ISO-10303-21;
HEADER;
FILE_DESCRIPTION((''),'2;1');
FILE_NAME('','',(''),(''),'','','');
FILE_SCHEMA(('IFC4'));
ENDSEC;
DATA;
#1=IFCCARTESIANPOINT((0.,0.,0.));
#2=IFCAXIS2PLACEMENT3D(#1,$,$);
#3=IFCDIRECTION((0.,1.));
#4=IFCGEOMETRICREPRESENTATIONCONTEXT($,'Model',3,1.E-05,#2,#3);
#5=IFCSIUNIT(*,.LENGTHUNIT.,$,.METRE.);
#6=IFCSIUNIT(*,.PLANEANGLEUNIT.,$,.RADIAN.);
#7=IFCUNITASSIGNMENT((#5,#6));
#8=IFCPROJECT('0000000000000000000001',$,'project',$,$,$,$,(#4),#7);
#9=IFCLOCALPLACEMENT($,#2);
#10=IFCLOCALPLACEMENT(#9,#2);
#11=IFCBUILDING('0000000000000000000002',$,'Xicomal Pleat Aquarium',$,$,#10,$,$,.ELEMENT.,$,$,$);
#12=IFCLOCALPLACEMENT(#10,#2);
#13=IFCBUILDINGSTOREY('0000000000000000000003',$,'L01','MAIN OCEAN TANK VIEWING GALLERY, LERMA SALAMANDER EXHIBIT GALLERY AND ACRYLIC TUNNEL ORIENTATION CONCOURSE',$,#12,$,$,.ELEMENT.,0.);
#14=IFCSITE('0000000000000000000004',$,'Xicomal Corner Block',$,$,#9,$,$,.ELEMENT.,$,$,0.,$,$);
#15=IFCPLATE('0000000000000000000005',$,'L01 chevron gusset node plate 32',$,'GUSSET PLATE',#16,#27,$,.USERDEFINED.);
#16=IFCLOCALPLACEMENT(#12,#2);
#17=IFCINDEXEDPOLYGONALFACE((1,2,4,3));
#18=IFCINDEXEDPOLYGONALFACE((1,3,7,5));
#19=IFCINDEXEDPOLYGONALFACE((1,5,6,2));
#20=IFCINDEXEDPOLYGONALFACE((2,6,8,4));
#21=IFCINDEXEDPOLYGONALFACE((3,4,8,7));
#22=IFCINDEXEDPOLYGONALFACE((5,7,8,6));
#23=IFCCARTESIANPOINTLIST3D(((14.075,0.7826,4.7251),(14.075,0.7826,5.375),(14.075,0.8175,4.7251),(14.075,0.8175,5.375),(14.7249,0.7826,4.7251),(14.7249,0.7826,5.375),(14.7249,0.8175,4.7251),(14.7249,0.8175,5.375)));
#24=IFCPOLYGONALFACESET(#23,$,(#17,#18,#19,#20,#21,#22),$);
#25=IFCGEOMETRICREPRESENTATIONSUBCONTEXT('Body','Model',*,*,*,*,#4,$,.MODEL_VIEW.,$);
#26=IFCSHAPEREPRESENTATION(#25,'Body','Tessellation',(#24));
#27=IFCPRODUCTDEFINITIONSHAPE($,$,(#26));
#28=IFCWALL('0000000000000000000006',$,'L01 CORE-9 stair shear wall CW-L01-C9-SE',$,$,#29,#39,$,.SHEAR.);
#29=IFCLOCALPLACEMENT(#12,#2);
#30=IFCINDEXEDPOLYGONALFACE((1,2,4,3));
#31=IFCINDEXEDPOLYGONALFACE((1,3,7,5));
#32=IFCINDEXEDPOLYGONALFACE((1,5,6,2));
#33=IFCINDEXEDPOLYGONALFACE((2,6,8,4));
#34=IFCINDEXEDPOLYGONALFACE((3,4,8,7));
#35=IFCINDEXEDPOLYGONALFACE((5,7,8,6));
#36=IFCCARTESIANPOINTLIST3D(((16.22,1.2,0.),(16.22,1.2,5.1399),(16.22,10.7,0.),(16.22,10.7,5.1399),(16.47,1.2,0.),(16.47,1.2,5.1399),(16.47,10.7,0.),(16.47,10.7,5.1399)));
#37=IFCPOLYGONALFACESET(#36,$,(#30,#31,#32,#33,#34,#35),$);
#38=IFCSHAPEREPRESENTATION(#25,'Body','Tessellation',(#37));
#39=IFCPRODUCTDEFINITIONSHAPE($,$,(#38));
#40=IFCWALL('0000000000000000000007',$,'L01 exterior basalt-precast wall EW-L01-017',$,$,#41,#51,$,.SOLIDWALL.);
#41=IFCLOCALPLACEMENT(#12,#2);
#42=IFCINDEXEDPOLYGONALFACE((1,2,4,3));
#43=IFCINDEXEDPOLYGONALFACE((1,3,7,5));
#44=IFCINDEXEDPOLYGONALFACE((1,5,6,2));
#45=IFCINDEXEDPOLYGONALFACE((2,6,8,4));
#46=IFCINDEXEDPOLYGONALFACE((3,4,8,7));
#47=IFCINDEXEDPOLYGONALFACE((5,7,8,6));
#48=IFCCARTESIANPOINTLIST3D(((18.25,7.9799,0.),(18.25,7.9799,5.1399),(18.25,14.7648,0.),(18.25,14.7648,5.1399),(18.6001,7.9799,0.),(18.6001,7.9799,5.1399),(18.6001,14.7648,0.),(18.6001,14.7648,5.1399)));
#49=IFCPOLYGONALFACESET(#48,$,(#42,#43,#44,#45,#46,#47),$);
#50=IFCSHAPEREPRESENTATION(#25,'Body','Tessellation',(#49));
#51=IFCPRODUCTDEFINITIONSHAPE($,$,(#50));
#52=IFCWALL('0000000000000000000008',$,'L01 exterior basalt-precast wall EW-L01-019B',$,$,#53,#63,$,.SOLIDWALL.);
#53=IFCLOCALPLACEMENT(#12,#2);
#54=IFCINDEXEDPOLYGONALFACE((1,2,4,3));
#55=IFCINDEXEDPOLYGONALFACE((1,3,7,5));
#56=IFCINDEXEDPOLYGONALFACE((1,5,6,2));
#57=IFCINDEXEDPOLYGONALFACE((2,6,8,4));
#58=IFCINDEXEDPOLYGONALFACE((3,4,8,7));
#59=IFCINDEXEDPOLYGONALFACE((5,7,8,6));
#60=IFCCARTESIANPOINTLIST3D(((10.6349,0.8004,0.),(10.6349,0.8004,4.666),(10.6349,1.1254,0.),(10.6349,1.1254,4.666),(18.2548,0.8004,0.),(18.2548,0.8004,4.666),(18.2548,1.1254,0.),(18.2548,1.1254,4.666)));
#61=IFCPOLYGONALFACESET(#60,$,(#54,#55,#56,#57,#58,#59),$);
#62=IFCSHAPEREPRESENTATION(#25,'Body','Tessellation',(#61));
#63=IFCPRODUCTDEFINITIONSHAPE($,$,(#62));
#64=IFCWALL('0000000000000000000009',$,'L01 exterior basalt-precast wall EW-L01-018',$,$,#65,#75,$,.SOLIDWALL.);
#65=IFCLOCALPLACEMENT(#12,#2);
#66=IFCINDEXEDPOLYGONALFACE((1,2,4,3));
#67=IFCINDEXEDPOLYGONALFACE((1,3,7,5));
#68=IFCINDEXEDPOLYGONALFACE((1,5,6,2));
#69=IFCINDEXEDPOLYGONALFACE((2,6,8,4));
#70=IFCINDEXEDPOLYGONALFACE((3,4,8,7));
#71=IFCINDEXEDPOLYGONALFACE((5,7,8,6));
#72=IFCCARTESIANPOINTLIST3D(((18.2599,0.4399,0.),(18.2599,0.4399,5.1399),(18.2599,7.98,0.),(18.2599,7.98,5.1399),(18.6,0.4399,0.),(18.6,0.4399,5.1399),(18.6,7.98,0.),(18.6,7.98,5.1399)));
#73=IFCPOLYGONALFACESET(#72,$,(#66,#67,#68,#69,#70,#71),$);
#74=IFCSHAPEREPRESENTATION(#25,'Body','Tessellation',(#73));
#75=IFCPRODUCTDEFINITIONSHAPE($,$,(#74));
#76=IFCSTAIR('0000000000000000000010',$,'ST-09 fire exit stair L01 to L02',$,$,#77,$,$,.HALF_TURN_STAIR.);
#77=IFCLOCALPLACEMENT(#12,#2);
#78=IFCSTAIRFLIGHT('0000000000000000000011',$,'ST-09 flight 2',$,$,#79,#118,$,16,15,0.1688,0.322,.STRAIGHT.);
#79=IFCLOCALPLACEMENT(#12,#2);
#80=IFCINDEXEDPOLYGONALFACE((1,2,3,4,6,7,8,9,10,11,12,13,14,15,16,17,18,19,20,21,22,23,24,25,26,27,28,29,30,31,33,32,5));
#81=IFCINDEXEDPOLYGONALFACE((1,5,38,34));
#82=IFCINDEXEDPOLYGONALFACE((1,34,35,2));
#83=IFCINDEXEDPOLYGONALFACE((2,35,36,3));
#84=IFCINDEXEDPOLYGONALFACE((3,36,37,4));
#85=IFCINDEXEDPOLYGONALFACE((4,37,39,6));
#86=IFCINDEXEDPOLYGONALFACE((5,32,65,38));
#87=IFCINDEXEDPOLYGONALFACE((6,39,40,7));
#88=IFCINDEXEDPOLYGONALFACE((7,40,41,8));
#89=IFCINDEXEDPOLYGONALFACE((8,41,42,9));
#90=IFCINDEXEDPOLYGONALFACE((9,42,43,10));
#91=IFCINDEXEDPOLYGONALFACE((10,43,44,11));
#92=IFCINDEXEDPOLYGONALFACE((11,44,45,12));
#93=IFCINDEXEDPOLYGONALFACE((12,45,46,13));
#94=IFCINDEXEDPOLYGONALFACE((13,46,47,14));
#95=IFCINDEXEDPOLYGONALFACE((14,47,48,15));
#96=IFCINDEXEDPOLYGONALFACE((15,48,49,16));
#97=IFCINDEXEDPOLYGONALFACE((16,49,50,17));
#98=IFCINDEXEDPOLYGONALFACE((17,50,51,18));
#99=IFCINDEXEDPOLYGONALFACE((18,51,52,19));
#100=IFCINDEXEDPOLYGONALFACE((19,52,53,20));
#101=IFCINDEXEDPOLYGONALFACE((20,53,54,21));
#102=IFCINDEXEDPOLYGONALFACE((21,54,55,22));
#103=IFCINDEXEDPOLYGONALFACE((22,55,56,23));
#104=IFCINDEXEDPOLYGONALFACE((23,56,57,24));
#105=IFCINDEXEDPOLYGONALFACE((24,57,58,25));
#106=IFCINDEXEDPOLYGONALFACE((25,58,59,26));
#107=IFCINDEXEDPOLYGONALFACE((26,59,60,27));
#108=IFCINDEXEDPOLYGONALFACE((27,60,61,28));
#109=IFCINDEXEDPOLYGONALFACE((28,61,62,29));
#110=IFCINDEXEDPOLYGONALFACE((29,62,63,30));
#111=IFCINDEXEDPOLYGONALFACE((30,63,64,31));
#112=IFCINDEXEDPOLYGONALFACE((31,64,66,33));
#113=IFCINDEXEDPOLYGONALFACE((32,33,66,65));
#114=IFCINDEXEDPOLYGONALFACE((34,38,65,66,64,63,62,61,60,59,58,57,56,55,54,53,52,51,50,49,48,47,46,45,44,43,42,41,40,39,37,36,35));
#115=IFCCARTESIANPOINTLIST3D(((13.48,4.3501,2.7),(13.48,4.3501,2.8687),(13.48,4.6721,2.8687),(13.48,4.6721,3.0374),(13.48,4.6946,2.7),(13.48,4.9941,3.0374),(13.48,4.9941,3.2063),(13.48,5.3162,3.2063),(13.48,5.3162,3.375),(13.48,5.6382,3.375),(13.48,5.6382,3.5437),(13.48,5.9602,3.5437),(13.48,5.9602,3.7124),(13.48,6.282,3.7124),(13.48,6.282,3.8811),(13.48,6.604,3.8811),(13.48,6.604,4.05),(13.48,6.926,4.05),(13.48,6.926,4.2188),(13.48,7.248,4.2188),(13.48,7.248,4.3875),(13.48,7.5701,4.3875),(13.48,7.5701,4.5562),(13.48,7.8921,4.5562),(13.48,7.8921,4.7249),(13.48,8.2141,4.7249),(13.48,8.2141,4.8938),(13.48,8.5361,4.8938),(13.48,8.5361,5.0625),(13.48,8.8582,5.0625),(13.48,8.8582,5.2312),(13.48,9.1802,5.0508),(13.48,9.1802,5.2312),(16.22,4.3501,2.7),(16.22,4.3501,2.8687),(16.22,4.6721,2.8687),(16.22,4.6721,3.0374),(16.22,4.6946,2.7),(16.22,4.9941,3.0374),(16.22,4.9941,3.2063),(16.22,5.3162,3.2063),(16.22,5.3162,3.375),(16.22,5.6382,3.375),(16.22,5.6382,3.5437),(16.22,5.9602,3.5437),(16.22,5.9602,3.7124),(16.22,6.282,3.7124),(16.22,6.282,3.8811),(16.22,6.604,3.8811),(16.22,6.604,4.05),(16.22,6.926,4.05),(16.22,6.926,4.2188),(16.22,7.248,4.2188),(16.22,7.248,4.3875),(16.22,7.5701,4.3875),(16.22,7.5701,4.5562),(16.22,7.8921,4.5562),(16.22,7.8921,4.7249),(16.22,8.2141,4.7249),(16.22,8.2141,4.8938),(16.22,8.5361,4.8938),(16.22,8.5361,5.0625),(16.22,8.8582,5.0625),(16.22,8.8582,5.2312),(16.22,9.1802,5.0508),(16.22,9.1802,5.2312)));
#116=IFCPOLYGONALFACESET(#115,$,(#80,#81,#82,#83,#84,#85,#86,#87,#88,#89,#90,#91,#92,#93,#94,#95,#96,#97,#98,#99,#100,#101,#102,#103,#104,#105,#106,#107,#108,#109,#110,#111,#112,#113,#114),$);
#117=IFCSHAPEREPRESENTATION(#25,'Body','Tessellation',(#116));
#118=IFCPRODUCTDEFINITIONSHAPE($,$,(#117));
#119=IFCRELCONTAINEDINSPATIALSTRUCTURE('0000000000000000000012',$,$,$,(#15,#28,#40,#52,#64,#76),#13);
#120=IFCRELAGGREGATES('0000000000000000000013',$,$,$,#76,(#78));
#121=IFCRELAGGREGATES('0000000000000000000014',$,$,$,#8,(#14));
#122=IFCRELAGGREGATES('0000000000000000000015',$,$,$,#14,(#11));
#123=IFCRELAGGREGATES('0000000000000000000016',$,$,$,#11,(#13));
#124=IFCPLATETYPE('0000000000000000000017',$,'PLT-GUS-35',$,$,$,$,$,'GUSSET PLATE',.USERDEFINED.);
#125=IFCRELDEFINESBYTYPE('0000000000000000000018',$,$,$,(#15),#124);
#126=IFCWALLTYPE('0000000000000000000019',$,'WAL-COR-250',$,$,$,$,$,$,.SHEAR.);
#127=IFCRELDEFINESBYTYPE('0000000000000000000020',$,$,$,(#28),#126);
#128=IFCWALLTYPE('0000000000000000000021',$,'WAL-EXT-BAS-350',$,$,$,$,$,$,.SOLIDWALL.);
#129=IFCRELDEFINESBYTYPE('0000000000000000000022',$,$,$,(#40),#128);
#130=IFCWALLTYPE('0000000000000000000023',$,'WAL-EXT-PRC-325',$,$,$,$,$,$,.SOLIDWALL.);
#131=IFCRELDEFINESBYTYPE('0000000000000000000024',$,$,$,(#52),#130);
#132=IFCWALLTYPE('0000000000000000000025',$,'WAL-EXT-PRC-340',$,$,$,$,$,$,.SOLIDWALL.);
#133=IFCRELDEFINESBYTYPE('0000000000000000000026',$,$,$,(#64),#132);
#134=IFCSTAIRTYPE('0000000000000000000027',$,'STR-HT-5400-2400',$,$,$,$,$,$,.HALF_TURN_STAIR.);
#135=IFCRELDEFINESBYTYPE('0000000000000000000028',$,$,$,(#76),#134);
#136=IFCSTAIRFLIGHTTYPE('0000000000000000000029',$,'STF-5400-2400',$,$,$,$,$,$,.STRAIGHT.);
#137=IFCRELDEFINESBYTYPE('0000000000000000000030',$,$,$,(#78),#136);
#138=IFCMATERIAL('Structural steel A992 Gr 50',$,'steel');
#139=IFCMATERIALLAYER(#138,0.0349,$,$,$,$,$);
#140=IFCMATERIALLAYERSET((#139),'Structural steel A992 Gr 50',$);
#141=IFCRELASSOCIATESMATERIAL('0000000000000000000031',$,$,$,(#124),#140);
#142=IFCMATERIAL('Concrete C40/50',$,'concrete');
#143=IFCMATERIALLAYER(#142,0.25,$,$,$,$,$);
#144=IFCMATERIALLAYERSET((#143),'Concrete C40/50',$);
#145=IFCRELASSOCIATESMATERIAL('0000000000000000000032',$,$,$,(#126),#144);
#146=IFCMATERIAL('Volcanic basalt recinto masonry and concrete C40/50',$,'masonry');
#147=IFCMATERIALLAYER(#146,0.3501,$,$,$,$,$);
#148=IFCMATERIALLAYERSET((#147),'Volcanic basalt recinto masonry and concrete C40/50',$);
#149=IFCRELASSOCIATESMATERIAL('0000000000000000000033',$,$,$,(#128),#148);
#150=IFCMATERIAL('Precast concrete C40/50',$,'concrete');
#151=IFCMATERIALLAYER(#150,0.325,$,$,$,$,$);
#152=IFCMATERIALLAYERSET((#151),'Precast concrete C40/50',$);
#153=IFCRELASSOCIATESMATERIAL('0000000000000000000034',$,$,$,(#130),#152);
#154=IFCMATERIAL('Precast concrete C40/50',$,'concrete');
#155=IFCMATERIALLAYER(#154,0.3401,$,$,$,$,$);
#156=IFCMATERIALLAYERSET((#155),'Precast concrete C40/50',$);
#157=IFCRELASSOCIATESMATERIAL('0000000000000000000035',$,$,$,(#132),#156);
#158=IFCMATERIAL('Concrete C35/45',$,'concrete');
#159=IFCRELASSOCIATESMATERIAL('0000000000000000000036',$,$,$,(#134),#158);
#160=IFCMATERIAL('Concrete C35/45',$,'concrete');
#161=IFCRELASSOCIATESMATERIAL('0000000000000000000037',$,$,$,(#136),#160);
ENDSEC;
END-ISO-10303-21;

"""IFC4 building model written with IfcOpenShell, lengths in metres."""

from ifc_helpers import new_model, si_unit, direction, frame, frame_2d, origin, origin_2d, place, context, subcontext, project, spatial, polyline, rectangle, outline, extrude, material, layer, layer_set, type_object, element, aggregate, save


model = new_model("IFC4")

# Units and contexts
model_context = context("Model", 3, precision=1e-05, world=origin(), true_north=direction((0.0, 1.0)))
body_context = subcontext(model_context, "Body", "Model", "MODEL_VIEW")
ifc_project = project(units=[si_unit("LENGTHUNIT", "METRE"), si_unit("PLANEANGLEUNIT", "RADIAN")], contexts=[model_context])

# Site, building, storey
site_placement = place(None, origin())
site = spatial("IfcSite", under=ifc_project, at=site_placement, Name="Xicomal Corner Block", CompositionType="ELEMENT", RefElevation=0.0)
building_placement = place(site_placement, origin())
building = spatial("IfcBuilding", under=site, at=building_placement, Name="Xicomal Pleat Aquarium", CompositionType="ELEMENT")
storey_placement = place(building_placement, origin())
storey = spatial("IfcBuildingStorey", under=building, at=storey_placement, Name="L01", Description="MAIN OCEAN TANK VIEWING GALLERY, LERMA SALAMANDER EXHIBIT GALLERY AND ACRYLIC TUNNEL ORIENTATION CONCOURSE", CompositionType="ELEMENT", Elevation=0.0)

# Plate
ifc_material_1 = material(Name="Structural steel A992 Gr 50", Category="steel")
ifc_layer_1 = layer(ifc_material_1, 0.0349)
ifc_layer_set_1 = layer_set([ifc_layer_1], Name="Structural steel A992 Gr 50")
plate_type_1 = type_object("IfcPlateType", Name="PLT-GUS-35", ElementType="GUSSET PLATE", PredefinedType="USERDEFINED", material=ifc_layer_set_1)
plate_placement = place(storey_placement, frame((14.3999, 0.8, 4.7251), z_axis=(0.0, 0.0, 1.0), x_axis=(1.0, 0.0, 0.0)))
element("IfcPlate", 1, at=plate_placement, inside=storey, type_object=plate_type_1, Name="L01 chevron gusset node plate 32", ObjectType="GUSSET PLATE", PredefinedType="USERDEFINED", context=body_context, shape_type="SweptSolid", body=[
    extrude(rectangle(XDim=0.6499, YDim=0.0349, at=origin_2d()), origin(), (0.0, 0.0, 1.0), 0.6499),
])

# Walls
ifc_material_2 = material(Name="Concrete C40/50", Category="concrete")
ifc_layer_2 = layer(ifc_material_2, 0.25)
ifc_layer_set_2 = layer_set([ifc_layer_2], Name="Concrete C40/50")
wall_type_1 = type_object("IfcWallType", Name="WAL-COR-250", PredefinedType="SHEAR", material=ifc_layer_set_2)
wall_1_placement = place(storey_placement, frame((16.345, 1.2, 0.0), z_axis=(0.0, 0.0, 1.0), x_axis=(0.0, 1.0, 0.0)))
element("IfcWall", 2, at=wall_1_placement, inside=storey, type_object=wall_type_1, Name="L01 CORE-9 stair shear wall CW-L01-C9-SE", PredefinedType="SHEAR", context=body_context, shape_type="SweptSolid", body=[
    extrude(rectangle(XDim=9.5, YDim=0.25, at=frame_2d((4.75, 0.0))), origin(), (0.0, 0.0, 1.0), 5.1399),
])
ifc_material_3 = material(Name="Volcanic basalt recinto masonry and concrete C40/50", Category="masonry")
ifc_layer_3 = layer(ifc_material_3, 0.3501)
ifc_layer_set_3 = layer_set([ifc_layer_3], Name="Volcanic basalt recinto masonry and concrete C40/50")
wall_type_2 = type_object("IfcWallType", Name="WAL-EXT-BAS-350", PredefinedType="SOLIDWALL", material=ifc_layer_set_3)
wall_2_placement = place(storey_placement, frame((18.425, 14.7649, 0.0), z_axis=(0.0, 0.0, 1.0), x_axis=(0.0, -1.0, 0.0)))
element("IfcWall", 3, at=wall_2_placement, inside=storey, type_object=wall_type_2, Name="L01 exterior basalt-precast wall EW-L01-017", PredefinedType="SOLIDWALL", context=body_context, shape_type="SweptSolid", body=[
    extrude(rectangle(XDim=6.7849, YDim=0.3501, at=frame_2d((3.3926, 0.0))), origin(), (0.0, 0.0, 1.0), 5.1399),
])
ifc_material_4 = material(Name="Precast concrete C40/50", Category="concrete")
ifc_layer_4 = layer(ifc_material_4, 0.325)
ifc_layer_set_4 = layer_set([ifc_layer_4], Name="Precast concrete C40/50")
wall_type_3 = type_object("IfcWallType", Name="WAL-EXT-PRC-325", PredefinedType="SOLIDWALL", material=ifc_layer_set_4)
wall_3_placement = place(storey_placement, frame((18.2549, 0.9629, 0.0), z_axis=(0.0, 0.0, 1.0), x_axis=(-1.0, 0.0, 0.0)))
element("IfcWall", 4, at=wall_3_placement, inside=storey, type_object=wall_type_3, Name="L01 exterior basalt-precast wall EW-L01-019B", PredefinedType="SOLIDWALL", context=body_context, shape_type="SweptSolid", body=[
    extrude(rectangle(XDim=7.6199, YDim=0.325, at=frame_2d((3.8101, 0.0))), origin(), (0.0, 0.0, 1.0), 4.666),
])
ifc_material_5 = material(Name="Precast concrete C40/50", Category="concrete")
ifc_layer_5 = layer(ifc_material_5, 0.3401)
ifc_layer_set_5 = layer_set([ifc_layer_5], Name="Precast concrete C40/50")
wall_type_4 = type_object("IfcWallType", Name="WAL-EXT-PRC-340", PredefinedType="SOLIDWALL", material=ifc_layer_set_5)
wall_4_placement = place(storey_placement, frame((18.4299, 7.98, 0.0), z_axis=(0.0, 0.0, 1.0), x_axis=(0.0, -1.0, 0.0)))
element("IfcWall", 5, at=wall_4_placement, inside=storey, type_object=wall_type_4, Name="L01 exterior basalt-precast wall EW-L01-018", PredefinedType="SOLIDWALL", context=body_context, shape_type="SweptSolid", body=[
    extrude(rectangle(XDim=7.54, YDim=0.3401, at=frame_2d((3.77, 0.0))), origin(), (0.0, 0.0, 1.0), 5.1399),
])

# Stair, stair flight
ifc_material_6 = material(Name="Concrete C35/45", Category="concrete")
stair_type = type_object("IfcStairType", Name="STR-HT-5400-2400", PredefinedType="HALF_TURN_STAIR", material=ifc_material_6)
stair_placement = place(storey_placement, origin())
stair = element("IfcStair", 6, at=stair_placement, inside=storey, type_object=stair_type, Name="ST-09 fire exit stair L01 to L02", PredefinedType="HALF_TURN_STAIR")
ifc_material_7 = material(Name="Concrete C35/45", Category="concrete")
stair_flight_type = type_object("IfcStairFlightType", Name="STF-5400-2400", PredefinedType="STRAIGHT", material=ifc_material_7)
stair_flight_placement = place(storey_placement, frame((14.8501, 4.3501, 2.7), z_axis=(0.0, 0.0, 1.0), x_axis=(0.0, 1.0, 0.0)))
stair_flight = element("IfcStairFlight", 7, at=stair_flight_placement, type_object=stair_flight_type, Name="ST-09 flight 2", NumberOfRisers=16, NumberOfTreads=15, PredefinedType="STRAIGHT", RiserHeight=0.1688, TreadLength=0.322, context=body_context, shape_type="SweptSolid", body=[
    extrude(outline(polyline([(0.0, 0.0), (0.0, 0.1687), (0.322, 0.1687), (0.322, 0.3374), (0.644, 0.3374), (0.644, 0.5063), (0.9661, 0.5063), (0.9661, 0.675), (1.2881, 0.675), (1.2881, 0.8438), (1.6101, 0.8438), (1.6101, 1.0125), (1.9319, 1.0125), (1.9319, 1.1812), (2.2539, 1.1812), (2.2539, 1.3501), (2.5759, 1.3501), (2.5759, 1.5188), (2.8979, 1.5188), (2.8979, 1.6875), (3.22, 1.6875), (3.22, 1.8562), (3.542, 1.8562), (3.542, 2.0249), (3.864, 2.0249), (3.864, 2.1938), (4.186, 2.1938), (4.186, 2.3625), (4.5081, 2.3625), (4.5081, 2.5312), (4.8301, 2.5312), (4.8301, 2.7), (4.8301, 2.3508), (0.3445, 0.0), (0.0, 0.0)])), frame((0.0, 1.3701, 0.0), z_axis=(0.0, -1.0, 0.0), x_axis=(1.0, 0.0, 0.0)), (0.0, 0.0, 1.0), 2.74),
])
aggregate(stair, [stair_flight])

save(model, "model.ifc")
